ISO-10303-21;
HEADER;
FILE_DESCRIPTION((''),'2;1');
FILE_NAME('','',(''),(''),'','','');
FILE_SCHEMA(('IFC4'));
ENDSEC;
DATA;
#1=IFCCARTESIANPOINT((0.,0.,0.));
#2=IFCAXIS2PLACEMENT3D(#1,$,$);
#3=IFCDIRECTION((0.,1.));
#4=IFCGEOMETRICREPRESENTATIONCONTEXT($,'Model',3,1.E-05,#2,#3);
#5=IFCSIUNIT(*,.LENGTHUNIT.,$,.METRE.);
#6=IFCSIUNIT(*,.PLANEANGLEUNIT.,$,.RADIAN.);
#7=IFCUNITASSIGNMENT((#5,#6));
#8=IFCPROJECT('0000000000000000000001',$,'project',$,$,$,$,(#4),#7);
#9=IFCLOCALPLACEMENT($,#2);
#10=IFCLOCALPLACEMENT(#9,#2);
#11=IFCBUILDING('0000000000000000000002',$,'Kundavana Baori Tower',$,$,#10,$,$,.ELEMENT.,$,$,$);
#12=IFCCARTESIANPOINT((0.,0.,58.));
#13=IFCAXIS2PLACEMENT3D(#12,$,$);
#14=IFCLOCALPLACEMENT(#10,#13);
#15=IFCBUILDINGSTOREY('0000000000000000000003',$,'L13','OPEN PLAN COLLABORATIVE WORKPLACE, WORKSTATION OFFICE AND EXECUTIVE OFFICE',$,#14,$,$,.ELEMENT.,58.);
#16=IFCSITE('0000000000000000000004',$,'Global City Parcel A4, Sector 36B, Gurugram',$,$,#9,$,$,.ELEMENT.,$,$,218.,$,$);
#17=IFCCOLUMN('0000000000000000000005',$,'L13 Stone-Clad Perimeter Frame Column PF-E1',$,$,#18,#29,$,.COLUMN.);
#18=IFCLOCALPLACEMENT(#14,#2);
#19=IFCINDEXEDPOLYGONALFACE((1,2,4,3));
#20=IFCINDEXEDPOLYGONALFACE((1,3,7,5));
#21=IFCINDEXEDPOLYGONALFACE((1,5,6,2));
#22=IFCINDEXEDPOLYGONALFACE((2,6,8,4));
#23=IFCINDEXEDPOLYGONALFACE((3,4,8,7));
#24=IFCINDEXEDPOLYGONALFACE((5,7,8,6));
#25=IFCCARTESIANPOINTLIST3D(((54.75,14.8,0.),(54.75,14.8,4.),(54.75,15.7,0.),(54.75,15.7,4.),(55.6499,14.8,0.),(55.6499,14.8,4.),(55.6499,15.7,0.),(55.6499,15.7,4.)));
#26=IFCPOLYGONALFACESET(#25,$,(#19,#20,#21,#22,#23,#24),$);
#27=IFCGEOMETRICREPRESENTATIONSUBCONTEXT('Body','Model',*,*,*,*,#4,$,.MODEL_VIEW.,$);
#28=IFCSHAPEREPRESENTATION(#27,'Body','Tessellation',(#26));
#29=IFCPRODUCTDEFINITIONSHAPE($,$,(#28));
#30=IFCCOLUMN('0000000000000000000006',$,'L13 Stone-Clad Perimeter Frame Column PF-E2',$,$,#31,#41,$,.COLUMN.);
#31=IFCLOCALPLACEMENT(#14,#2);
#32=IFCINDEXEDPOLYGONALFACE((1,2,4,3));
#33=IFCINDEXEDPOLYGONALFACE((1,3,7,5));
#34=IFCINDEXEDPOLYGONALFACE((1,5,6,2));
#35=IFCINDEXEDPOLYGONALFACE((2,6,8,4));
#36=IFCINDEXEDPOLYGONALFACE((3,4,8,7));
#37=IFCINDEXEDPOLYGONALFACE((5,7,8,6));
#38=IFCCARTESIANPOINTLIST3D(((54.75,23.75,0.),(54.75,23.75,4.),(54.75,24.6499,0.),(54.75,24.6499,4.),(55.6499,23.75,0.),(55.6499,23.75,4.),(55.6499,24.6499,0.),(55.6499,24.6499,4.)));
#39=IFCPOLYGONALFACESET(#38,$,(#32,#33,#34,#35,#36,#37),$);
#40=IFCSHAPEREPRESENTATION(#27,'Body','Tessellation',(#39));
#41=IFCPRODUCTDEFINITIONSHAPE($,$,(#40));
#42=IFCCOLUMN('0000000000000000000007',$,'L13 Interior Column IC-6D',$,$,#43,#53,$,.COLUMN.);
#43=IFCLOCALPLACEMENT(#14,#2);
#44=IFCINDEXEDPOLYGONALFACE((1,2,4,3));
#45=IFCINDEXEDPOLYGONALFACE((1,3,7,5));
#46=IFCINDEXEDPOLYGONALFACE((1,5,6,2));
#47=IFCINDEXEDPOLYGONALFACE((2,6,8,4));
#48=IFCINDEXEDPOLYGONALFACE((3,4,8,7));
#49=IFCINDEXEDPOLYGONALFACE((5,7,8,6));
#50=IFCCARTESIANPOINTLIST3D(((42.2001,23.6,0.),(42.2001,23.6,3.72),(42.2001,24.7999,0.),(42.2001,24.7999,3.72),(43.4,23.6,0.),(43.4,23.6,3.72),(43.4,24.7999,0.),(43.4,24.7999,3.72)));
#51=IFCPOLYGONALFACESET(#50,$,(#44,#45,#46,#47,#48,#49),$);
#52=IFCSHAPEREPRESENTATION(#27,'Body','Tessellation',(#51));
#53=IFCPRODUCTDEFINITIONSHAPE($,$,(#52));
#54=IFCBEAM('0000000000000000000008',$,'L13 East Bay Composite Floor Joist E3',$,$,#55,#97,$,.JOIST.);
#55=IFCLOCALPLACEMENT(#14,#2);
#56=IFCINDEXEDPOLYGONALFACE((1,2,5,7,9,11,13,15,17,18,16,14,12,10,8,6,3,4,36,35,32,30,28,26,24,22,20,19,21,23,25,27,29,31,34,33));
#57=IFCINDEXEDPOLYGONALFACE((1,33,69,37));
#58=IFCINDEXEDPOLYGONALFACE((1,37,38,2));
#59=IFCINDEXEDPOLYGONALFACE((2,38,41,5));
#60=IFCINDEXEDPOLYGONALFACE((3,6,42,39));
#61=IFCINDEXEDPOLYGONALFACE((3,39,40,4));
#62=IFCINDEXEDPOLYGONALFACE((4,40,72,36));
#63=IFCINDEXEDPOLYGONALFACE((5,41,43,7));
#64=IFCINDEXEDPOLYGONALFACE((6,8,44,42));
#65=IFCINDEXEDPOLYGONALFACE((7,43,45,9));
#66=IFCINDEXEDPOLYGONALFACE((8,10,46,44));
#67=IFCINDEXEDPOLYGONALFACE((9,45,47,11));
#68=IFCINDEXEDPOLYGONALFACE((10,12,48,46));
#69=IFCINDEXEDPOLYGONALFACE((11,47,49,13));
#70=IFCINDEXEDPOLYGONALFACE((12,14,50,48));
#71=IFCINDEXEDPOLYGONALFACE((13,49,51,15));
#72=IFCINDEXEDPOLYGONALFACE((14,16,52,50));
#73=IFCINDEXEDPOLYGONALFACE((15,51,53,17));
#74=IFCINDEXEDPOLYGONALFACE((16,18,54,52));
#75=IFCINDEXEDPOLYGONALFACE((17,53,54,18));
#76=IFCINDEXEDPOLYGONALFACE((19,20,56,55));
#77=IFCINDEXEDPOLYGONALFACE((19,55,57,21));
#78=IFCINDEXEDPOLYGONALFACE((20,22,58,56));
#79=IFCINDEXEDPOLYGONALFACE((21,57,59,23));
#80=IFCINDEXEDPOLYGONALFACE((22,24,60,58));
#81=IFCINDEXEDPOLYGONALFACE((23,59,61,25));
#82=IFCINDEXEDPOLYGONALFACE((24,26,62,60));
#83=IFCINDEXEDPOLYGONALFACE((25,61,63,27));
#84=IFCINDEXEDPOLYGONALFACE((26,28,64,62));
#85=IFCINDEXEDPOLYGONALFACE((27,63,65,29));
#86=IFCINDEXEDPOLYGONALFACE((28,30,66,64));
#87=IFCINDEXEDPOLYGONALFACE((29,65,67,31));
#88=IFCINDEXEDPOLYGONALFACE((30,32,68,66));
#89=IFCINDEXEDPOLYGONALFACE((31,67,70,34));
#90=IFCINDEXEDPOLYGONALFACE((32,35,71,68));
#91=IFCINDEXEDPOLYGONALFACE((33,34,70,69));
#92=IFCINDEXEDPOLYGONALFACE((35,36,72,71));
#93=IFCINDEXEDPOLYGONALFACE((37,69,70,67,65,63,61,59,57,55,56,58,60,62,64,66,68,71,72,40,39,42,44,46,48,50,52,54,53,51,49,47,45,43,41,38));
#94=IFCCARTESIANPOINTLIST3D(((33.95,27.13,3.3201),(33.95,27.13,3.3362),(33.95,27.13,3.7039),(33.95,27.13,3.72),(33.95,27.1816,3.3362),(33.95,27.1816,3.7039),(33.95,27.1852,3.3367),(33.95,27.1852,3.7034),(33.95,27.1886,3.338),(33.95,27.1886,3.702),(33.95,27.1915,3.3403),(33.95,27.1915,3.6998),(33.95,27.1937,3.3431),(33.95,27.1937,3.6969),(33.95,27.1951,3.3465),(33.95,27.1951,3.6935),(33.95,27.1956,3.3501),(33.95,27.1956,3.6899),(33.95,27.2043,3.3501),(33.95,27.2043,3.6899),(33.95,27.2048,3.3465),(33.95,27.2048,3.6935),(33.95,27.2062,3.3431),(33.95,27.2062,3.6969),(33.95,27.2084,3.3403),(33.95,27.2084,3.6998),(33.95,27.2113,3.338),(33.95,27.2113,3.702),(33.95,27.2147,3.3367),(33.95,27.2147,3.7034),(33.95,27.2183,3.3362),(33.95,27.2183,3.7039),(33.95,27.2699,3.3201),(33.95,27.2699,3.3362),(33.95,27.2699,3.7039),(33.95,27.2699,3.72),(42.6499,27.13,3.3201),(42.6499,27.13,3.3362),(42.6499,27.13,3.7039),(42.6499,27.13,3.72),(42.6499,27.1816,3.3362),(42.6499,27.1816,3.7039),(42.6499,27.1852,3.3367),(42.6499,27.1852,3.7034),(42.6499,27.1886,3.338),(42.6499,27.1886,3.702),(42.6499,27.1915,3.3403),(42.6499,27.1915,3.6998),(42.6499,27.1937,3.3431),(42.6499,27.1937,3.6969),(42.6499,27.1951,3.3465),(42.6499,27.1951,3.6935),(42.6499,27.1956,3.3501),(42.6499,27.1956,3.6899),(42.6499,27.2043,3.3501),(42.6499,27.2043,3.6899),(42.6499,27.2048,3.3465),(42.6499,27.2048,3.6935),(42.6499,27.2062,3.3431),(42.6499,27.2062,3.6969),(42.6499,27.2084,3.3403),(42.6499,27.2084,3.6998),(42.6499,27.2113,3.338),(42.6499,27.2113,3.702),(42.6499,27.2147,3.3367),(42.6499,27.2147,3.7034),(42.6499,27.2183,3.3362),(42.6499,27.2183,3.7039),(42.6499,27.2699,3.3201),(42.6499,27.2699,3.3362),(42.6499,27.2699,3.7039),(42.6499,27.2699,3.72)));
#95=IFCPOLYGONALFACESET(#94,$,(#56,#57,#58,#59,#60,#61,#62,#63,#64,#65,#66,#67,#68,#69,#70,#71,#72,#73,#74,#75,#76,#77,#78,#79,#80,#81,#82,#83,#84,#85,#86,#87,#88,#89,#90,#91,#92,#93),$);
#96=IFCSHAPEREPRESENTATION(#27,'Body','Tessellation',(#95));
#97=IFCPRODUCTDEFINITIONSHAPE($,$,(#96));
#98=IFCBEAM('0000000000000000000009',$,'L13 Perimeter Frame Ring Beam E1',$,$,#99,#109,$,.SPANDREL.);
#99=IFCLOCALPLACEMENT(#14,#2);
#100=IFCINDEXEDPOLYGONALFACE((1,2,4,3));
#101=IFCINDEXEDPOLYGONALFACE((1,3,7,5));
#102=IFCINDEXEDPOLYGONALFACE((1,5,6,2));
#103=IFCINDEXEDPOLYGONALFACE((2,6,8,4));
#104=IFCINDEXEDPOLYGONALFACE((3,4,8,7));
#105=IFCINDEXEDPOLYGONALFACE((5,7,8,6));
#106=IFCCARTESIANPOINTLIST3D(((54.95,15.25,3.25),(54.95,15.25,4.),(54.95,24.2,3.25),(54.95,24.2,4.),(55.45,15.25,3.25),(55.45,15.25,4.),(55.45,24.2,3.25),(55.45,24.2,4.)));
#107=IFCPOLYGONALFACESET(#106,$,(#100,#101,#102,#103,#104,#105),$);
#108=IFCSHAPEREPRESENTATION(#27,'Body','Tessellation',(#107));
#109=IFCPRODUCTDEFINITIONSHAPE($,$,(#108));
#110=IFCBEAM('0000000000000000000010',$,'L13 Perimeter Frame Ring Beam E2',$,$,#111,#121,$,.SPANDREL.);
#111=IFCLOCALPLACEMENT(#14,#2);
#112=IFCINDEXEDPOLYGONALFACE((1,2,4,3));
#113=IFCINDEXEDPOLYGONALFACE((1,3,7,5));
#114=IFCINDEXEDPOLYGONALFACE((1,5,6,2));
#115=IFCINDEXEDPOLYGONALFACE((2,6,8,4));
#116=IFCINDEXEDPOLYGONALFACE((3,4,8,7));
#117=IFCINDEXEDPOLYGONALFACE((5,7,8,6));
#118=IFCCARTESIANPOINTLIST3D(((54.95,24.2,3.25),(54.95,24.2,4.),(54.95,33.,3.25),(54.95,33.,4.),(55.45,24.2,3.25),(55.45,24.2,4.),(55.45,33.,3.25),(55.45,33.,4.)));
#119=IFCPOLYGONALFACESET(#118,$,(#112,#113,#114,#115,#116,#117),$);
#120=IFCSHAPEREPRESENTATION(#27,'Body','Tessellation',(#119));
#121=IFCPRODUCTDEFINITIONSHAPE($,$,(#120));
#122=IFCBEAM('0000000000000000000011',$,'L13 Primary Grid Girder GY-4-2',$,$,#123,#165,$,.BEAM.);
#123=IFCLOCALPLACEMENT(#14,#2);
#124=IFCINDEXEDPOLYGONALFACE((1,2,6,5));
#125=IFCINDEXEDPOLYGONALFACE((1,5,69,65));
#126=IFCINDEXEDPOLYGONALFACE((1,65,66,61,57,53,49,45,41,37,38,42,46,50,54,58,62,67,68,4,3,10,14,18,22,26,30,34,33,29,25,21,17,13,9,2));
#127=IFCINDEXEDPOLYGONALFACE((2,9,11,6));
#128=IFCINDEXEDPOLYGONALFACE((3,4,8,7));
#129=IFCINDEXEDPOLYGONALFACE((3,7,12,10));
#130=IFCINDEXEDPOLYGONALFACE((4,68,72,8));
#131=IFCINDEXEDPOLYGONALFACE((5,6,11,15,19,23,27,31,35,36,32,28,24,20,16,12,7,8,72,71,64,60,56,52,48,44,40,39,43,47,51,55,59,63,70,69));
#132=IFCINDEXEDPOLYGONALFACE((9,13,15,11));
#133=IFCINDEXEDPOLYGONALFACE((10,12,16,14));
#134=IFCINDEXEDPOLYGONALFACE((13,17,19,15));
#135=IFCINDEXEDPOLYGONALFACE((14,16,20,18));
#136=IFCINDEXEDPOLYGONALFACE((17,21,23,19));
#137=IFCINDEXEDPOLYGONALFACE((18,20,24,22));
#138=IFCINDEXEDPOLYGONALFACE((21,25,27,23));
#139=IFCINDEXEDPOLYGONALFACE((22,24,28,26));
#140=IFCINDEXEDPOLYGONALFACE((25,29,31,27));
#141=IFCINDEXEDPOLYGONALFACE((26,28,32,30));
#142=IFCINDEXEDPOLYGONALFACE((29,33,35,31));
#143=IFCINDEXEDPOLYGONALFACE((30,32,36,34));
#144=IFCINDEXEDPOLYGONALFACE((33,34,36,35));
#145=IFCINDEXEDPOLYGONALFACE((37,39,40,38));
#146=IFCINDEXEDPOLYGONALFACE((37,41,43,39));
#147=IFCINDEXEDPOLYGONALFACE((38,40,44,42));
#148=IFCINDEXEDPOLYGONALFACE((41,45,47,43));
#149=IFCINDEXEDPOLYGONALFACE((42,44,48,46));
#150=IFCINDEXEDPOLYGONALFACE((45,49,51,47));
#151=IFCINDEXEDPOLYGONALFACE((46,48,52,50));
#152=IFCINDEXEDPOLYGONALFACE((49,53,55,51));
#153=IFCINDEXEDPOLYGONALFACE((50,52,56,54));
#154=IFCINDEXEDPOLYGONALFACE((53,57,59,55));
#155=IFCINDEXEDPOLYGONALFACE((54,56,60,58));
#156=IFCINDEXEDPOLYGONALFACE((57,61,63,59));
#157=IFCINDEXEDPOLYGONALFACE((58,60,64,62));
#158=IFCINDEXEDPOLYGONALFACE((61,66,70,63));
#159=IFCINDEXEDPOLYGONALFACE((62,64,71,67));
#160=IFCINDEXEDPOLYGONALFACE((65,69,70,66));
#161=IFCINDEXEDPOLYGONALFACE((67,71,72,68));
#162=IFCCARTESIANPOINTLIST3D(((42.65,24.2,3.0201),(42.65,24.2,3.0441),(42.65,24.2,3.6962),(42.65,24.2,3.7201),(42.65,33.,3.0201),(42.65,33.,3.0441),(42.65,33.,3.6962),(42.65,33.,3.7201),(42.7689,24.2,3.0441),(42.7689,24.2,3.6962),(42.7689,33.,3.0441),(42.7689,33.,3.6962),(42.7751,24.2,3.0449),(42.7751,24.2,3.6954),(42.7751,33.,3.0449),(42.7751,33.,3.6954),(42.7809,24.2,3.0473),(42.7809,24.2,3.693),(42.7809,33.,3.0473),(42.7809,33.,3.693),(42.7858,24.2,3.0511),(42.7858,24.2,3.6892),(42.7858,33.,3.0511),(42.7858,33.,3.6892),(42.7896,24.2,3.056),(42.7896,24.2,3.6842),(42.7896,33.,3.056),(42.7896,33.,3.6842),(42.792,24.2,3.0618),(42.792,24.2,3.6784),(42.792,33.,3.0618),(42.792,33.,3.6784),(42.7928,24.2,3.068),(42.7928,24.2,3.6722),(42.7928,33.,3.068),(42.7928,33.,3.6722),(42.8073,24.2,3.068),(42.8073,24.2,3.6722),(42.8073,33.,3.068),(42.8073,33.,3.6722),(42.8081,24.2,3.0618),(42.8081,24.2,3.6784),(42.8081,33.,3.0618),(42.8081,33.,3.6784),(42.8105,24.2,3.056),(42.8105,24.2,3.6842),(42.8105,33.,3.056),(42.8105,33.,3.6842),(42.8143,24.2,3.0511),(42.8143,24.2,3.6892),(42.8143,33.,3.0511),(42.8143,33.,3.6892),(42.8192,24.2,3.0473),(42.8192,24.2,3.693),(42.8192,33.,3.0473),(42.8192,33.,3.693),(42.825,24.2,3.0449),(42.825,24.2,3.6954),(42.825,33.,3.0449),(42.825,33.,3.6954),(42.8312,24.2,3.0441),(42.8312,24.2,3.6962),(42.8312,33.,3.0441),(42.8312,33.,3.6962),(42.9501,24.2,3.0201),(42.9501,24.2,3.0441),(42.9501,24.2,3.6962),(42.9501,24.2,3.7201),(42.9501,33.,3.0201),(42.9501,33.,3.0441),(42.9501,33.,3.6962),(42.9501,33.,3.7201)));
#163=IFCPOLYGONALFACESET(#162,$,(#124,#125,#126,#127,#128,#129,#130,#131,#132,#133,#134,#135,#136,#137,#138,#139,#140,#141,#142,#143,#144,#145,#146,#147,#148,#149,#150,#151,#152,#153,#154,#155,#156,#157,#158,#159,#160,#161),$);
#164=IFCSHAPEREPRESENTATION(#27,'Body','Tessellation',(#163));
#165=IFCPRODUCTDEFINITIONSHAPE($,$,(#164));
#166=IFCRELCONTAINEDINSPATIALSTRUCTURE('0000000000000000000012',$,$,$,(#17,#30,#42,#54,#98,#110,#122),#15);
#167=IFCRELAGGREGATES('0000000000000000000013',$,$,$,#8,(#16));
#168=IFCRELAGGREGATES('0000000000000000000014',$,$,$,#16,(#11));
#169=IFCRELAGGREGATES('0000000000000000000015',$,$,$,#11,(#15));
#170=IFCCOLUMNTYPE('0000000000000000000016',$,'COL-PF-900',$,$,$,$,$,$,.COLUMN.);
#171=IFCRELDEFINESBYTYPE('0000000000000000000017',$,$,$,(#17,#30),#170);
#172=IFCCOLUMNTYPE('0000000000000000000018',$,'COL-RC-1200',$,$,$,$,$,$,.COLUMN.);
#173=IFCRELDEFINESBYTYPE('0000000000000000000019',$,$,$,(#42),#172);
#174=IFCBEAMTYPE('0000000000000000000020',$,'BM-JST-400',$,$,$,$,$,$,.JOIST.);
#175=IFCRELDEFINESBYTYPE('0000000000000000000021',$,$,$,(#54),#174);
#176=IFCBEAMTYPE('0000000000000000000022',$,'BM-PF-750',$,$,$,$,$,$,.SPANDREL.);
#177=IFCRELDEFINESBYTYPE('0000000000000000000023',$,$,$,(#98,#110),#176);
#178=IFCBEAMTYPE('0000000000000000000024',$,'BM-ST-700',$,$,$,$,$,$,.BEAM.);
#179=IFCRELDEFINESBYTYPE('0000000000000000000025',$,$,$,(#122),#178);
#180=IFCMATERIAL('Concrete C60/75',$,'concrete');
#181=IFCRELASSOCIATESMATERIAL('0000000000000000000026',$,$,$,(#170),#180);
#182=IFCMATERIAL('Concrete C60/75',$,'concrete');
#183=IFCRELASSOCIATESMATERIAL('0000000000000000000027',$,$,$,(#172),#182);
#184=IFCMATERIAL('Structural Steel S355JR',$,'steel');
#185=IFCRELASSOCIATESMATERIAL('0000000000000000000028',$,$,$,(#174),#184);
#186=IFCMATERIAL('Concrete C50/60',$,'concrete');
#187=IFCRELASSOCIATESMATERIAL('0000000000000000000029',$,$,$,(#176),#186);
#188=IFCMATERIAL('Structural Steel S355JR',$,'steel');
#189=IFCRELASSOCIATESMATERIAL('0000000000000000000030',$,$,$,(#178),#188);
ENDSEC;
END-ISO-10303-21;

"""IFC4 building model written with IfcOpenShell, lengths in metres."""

from ifc_helpers import new_model, si_unit, direction, frame, origin, origin_2d, place, context, subcontext, project, spatial, rectangle, i_section, extrude, material, material_profile, profile_set, type_object, element, save


model = new_model("IFC4")

# Units and contexts
model_context = context("Model", 3, precision=1e-05, world=origin(), true_north=direction((0.0, 1.0)))
body_context = subcontext(model_context, "Body", "Model", "MODEL_VIEW")
ifc_project = project(units=[si_unit("LENGTHUNIT", "METRE"), si_unit("PLANEANGLEUNIT", "RADIAN")], contexts=[model_context])

# Site, building, storey
site_placement = place(None, origin())
site = spatial("IfcSite", under=ifc_project, at=site_placement, Name="Global City Parcel A4, Sector 36B, Gurugram", CompositionType="ELEMENT", RefElevation=218.0)
building_placement = place(site_placement, origin())
building = spatial("IfcBuilding", under=site, at=building_placement, Name="Kundavana Baori Tower", CompositionType="ELEMENT")
storey_placement = place(building_placement, frame((0.0, 0.0, 58.0)))
storey = spatial("IfcBuildingStorey", under=building, at=storey_placement, Name="L13", Description="OPEN PLAN COLLABORATIVE WORKPLACE, WORKSTATION OFFICE AND EXECUTIVE OFFICE", CompositionType="ELEMENT", Elevation=58.0)

# Columns
ifc_material_1 = material(Name="Concrete C60/75", Category="concrete")
ifc_material_profile_1 = material_profile(ifc_material_1, rectangle(XDim=0.8999, YDim=0.8999, at=origin_2d()), Name="RC PF 900x900")
ifc_profile_set_1 = profile_set([ifc_material_profile_1], Name="Concrete C60/75")
column_type_1 = type_object("IfcColumnType", Name="COL-PF-900", PredefinedType="COLUMN", material=ifc_profile_set_1)
for number, where, z_axis, x_axis, name in (
    (1, (55.2, 15.25, 0.0), (0.0, 0.0, 1.0), (1.0, 0.0, 0.0), "L13 Stone-Clad Perimeter Frame Column PF-E1"),
    (2, (55.2, 24.2, 0.0), (0.0, 0.0, 1.0), (1.0, 0.0, 0.0), "L13 Stone-Clad Perimeter Frame Column PF-E2"),
):
    element("IfcColumn", number, at=place(storey_placement, frame(where, z_axis=z_axis, x_axis=x_axis)), inside=storey, type_object=column_type_1, Name=name, PredefinedType="COLUMN", context=body_context, shape_type="SweptSolid", body=[
        extrude(rectangle(XDim=0.8999, YDim=0.8999, at=origin_2d()), origin(), (0.0, 0.0, 1.0), 4.0),
    ])
ifc_material_2 = material(Name="Concrete C60/75", Category="concrete")
ifc_material_profile_2 = material_profile(ifc_material_2, rectangle(XDim=1.2, YDim=1.2, at=origin_2d()), Name="RC 1200x1200")
ifc_profile_set_2 = profile_set([ifc_material_profile_2], Name="Concrete C60/75")
column_type_2 = type_object("IfcColumnType", Name="COL-RC-1200", PredefinedType="COLUMN", material=ifc_profile_set_2)
column_placement = place(storey_placement, frame((42.8, 24.2, 0.0), z_axis=(0.0, 0.0, 1.0), x_axis=(1.0, 0.0, 0.0)))
element("IfcColumn", 3, at=column_placement, inside=storey, type_object=column_type_2, Name="L13 Interior Column IC-6D", PredefinedType="COLUMN", context=body_context, shape_type="SweptSolid", body=[
    extrude(rectangle(XDim=1.2, YDim=1.2, at=origin_2d()), origin(), (0.0, 0.0, 1.0), 3.72),
])

# Beams
ifc_material_3 = material(Name="Structural Steel S355JR", Category="steel")
ifc_material_profile_3 = material_profile(ifc_material_3, i_section(OverallWidth=0.1399, OverallDepth=0.3999, WebThickness=0.0088, FlangeThickness=0.0161, FilletRadius=0.0139, at=origin_2d()), Name="ISMB 400")
ifc_profile_set_3 = profile_set([ifc_material_profile_3], Name="Structural Steel S355JR")
beam_type_1 = type_object("IfcBeamType", Name="BM-JST-400", PredefinedType="JOIST", material=ifc_profile_set_3)
beam_1_placement = place(storey_placement, frame((33.95, 27.2, 3.52), z_axis=(1.0, 0.0, 0.0), x_axis=(0.0, 1.0, 0.0)))
element("IfcBeam", 4, at=beam_1_placement, inside=storey, type_object=beam_type_1, Name="L13 East Bay Composite Floor Joist E3", PredefinedType="JOIST", context=body_context, shape_type="SweptSolid", body=[
    extrude(i_section(OverallWidth=0.1399, OverallDepth=0.3999, WebThickness=0.0088, FlangeThickness=0.0161, FilletRadius=0.0139, at=origin_2d()), origin(), (0.0, 0.0, 1.0), 8.7),
])
ifc_material_4 = material(Name="Concrete C50/60", Category="concrete")
ifc_material_profile_4 = material_profile(ifc_material_4, rectangle(XDim=0.5, YDim=0.75, at=origin_2d()), Name="RC BM 500x750")
ifc_profile_set_4 = profile_set([ifc_material_profile_4], Name="Concrete C50/60")
beam_type_2 = type_object("IfcBeamType", Name="BM-PF-750", PredefinedType="SPANDREL", material=ifc_profile_set_4)
beam_2_placement = place(storey_placement, frame((55.2, 15.25, 3.625), z_axis=(0.0, 1.0, 0.0), x_axis=(-1.0, 0.0, 0.0)))
element("IfcBeam", 5, at=beam_2_placement, inside=storey, type_object=beam_type_2, Name="L13 Perimeter Frame Ring Beam E1", PredefinedType="SPANDREL", context=body_context, shape_type="SweptSolid", body=[
    extrude(rectangle(XDim=0.5, YDim=0.75, at=origin_2d()), origin(), (0.0, 0.0, 1.0), 8.95),
])
beam_3_placement = place(storey_placement, frame((55.2, 24.2, 3.625), z_axis=(0.0, 1.0, 0.0), x_axis=(-1.0, 0.0, 0.0)))
element("IfcBeam", 6, at=beam_3_placement, inside=storey, type_object=beam_type_2, Name="L13 Perimeter Frame Ring Beam E2", PredefinedType="SPANDREL", context=body_context, shape_type="SweptSolid", body=[
    extrude(rectangle(XDim=0.5, YDim=0.75, at=origin_2d()), origin(), (0.0, 0.0, 1.0), 8.8),
])
ifc_material_5 = material(Name="Structural Steel S355JR", Category="steel")
ifc_material_profile_5 = material_profile(ifc_material_5, i_section(OverallWidth=0.3, OverallDepth=0.7, WebThickness=0.0144, FlangeThickness=0.0239, FilletRadius=0.0239, at=origin_2d()), Name="NPB 700x300x170")
ifc_profile_set_5 = profile_set([ifc_material_profile_5], Name="Structural Steel S355JR")
beam_type_3 = type_object("IfcBeamType", Name="BM-ST-700", PredefinedType="BEAM", material=ifc_profile_set_5)
beam_4_placement = place(storey_placement, frame((42.8, 24.2, 3.3701), z_axis=(0.0, 1.0, 0.0), x_axis=(-1.0, 0.0, 0.0)))
element("IfcBeam", 7, at=beam_4_placement, inside=storey, type_object=beam_type_3, Name="L13 Primary Grid Girder GY-4-2", PredefinedType="BEAM", context=body_context, shape_type="SweptSolid", body=[
    extrude(i_section(OverallWidth=0.3, OverallDepth=0.7, WebThickness=0.0144, FlangeThickness=0.0239, FilletRadius=0.0239, at=origin_2d()), origin(), (0.0, 0.0, 1.0), 8.8),
])

save(model, "model.ifc")
